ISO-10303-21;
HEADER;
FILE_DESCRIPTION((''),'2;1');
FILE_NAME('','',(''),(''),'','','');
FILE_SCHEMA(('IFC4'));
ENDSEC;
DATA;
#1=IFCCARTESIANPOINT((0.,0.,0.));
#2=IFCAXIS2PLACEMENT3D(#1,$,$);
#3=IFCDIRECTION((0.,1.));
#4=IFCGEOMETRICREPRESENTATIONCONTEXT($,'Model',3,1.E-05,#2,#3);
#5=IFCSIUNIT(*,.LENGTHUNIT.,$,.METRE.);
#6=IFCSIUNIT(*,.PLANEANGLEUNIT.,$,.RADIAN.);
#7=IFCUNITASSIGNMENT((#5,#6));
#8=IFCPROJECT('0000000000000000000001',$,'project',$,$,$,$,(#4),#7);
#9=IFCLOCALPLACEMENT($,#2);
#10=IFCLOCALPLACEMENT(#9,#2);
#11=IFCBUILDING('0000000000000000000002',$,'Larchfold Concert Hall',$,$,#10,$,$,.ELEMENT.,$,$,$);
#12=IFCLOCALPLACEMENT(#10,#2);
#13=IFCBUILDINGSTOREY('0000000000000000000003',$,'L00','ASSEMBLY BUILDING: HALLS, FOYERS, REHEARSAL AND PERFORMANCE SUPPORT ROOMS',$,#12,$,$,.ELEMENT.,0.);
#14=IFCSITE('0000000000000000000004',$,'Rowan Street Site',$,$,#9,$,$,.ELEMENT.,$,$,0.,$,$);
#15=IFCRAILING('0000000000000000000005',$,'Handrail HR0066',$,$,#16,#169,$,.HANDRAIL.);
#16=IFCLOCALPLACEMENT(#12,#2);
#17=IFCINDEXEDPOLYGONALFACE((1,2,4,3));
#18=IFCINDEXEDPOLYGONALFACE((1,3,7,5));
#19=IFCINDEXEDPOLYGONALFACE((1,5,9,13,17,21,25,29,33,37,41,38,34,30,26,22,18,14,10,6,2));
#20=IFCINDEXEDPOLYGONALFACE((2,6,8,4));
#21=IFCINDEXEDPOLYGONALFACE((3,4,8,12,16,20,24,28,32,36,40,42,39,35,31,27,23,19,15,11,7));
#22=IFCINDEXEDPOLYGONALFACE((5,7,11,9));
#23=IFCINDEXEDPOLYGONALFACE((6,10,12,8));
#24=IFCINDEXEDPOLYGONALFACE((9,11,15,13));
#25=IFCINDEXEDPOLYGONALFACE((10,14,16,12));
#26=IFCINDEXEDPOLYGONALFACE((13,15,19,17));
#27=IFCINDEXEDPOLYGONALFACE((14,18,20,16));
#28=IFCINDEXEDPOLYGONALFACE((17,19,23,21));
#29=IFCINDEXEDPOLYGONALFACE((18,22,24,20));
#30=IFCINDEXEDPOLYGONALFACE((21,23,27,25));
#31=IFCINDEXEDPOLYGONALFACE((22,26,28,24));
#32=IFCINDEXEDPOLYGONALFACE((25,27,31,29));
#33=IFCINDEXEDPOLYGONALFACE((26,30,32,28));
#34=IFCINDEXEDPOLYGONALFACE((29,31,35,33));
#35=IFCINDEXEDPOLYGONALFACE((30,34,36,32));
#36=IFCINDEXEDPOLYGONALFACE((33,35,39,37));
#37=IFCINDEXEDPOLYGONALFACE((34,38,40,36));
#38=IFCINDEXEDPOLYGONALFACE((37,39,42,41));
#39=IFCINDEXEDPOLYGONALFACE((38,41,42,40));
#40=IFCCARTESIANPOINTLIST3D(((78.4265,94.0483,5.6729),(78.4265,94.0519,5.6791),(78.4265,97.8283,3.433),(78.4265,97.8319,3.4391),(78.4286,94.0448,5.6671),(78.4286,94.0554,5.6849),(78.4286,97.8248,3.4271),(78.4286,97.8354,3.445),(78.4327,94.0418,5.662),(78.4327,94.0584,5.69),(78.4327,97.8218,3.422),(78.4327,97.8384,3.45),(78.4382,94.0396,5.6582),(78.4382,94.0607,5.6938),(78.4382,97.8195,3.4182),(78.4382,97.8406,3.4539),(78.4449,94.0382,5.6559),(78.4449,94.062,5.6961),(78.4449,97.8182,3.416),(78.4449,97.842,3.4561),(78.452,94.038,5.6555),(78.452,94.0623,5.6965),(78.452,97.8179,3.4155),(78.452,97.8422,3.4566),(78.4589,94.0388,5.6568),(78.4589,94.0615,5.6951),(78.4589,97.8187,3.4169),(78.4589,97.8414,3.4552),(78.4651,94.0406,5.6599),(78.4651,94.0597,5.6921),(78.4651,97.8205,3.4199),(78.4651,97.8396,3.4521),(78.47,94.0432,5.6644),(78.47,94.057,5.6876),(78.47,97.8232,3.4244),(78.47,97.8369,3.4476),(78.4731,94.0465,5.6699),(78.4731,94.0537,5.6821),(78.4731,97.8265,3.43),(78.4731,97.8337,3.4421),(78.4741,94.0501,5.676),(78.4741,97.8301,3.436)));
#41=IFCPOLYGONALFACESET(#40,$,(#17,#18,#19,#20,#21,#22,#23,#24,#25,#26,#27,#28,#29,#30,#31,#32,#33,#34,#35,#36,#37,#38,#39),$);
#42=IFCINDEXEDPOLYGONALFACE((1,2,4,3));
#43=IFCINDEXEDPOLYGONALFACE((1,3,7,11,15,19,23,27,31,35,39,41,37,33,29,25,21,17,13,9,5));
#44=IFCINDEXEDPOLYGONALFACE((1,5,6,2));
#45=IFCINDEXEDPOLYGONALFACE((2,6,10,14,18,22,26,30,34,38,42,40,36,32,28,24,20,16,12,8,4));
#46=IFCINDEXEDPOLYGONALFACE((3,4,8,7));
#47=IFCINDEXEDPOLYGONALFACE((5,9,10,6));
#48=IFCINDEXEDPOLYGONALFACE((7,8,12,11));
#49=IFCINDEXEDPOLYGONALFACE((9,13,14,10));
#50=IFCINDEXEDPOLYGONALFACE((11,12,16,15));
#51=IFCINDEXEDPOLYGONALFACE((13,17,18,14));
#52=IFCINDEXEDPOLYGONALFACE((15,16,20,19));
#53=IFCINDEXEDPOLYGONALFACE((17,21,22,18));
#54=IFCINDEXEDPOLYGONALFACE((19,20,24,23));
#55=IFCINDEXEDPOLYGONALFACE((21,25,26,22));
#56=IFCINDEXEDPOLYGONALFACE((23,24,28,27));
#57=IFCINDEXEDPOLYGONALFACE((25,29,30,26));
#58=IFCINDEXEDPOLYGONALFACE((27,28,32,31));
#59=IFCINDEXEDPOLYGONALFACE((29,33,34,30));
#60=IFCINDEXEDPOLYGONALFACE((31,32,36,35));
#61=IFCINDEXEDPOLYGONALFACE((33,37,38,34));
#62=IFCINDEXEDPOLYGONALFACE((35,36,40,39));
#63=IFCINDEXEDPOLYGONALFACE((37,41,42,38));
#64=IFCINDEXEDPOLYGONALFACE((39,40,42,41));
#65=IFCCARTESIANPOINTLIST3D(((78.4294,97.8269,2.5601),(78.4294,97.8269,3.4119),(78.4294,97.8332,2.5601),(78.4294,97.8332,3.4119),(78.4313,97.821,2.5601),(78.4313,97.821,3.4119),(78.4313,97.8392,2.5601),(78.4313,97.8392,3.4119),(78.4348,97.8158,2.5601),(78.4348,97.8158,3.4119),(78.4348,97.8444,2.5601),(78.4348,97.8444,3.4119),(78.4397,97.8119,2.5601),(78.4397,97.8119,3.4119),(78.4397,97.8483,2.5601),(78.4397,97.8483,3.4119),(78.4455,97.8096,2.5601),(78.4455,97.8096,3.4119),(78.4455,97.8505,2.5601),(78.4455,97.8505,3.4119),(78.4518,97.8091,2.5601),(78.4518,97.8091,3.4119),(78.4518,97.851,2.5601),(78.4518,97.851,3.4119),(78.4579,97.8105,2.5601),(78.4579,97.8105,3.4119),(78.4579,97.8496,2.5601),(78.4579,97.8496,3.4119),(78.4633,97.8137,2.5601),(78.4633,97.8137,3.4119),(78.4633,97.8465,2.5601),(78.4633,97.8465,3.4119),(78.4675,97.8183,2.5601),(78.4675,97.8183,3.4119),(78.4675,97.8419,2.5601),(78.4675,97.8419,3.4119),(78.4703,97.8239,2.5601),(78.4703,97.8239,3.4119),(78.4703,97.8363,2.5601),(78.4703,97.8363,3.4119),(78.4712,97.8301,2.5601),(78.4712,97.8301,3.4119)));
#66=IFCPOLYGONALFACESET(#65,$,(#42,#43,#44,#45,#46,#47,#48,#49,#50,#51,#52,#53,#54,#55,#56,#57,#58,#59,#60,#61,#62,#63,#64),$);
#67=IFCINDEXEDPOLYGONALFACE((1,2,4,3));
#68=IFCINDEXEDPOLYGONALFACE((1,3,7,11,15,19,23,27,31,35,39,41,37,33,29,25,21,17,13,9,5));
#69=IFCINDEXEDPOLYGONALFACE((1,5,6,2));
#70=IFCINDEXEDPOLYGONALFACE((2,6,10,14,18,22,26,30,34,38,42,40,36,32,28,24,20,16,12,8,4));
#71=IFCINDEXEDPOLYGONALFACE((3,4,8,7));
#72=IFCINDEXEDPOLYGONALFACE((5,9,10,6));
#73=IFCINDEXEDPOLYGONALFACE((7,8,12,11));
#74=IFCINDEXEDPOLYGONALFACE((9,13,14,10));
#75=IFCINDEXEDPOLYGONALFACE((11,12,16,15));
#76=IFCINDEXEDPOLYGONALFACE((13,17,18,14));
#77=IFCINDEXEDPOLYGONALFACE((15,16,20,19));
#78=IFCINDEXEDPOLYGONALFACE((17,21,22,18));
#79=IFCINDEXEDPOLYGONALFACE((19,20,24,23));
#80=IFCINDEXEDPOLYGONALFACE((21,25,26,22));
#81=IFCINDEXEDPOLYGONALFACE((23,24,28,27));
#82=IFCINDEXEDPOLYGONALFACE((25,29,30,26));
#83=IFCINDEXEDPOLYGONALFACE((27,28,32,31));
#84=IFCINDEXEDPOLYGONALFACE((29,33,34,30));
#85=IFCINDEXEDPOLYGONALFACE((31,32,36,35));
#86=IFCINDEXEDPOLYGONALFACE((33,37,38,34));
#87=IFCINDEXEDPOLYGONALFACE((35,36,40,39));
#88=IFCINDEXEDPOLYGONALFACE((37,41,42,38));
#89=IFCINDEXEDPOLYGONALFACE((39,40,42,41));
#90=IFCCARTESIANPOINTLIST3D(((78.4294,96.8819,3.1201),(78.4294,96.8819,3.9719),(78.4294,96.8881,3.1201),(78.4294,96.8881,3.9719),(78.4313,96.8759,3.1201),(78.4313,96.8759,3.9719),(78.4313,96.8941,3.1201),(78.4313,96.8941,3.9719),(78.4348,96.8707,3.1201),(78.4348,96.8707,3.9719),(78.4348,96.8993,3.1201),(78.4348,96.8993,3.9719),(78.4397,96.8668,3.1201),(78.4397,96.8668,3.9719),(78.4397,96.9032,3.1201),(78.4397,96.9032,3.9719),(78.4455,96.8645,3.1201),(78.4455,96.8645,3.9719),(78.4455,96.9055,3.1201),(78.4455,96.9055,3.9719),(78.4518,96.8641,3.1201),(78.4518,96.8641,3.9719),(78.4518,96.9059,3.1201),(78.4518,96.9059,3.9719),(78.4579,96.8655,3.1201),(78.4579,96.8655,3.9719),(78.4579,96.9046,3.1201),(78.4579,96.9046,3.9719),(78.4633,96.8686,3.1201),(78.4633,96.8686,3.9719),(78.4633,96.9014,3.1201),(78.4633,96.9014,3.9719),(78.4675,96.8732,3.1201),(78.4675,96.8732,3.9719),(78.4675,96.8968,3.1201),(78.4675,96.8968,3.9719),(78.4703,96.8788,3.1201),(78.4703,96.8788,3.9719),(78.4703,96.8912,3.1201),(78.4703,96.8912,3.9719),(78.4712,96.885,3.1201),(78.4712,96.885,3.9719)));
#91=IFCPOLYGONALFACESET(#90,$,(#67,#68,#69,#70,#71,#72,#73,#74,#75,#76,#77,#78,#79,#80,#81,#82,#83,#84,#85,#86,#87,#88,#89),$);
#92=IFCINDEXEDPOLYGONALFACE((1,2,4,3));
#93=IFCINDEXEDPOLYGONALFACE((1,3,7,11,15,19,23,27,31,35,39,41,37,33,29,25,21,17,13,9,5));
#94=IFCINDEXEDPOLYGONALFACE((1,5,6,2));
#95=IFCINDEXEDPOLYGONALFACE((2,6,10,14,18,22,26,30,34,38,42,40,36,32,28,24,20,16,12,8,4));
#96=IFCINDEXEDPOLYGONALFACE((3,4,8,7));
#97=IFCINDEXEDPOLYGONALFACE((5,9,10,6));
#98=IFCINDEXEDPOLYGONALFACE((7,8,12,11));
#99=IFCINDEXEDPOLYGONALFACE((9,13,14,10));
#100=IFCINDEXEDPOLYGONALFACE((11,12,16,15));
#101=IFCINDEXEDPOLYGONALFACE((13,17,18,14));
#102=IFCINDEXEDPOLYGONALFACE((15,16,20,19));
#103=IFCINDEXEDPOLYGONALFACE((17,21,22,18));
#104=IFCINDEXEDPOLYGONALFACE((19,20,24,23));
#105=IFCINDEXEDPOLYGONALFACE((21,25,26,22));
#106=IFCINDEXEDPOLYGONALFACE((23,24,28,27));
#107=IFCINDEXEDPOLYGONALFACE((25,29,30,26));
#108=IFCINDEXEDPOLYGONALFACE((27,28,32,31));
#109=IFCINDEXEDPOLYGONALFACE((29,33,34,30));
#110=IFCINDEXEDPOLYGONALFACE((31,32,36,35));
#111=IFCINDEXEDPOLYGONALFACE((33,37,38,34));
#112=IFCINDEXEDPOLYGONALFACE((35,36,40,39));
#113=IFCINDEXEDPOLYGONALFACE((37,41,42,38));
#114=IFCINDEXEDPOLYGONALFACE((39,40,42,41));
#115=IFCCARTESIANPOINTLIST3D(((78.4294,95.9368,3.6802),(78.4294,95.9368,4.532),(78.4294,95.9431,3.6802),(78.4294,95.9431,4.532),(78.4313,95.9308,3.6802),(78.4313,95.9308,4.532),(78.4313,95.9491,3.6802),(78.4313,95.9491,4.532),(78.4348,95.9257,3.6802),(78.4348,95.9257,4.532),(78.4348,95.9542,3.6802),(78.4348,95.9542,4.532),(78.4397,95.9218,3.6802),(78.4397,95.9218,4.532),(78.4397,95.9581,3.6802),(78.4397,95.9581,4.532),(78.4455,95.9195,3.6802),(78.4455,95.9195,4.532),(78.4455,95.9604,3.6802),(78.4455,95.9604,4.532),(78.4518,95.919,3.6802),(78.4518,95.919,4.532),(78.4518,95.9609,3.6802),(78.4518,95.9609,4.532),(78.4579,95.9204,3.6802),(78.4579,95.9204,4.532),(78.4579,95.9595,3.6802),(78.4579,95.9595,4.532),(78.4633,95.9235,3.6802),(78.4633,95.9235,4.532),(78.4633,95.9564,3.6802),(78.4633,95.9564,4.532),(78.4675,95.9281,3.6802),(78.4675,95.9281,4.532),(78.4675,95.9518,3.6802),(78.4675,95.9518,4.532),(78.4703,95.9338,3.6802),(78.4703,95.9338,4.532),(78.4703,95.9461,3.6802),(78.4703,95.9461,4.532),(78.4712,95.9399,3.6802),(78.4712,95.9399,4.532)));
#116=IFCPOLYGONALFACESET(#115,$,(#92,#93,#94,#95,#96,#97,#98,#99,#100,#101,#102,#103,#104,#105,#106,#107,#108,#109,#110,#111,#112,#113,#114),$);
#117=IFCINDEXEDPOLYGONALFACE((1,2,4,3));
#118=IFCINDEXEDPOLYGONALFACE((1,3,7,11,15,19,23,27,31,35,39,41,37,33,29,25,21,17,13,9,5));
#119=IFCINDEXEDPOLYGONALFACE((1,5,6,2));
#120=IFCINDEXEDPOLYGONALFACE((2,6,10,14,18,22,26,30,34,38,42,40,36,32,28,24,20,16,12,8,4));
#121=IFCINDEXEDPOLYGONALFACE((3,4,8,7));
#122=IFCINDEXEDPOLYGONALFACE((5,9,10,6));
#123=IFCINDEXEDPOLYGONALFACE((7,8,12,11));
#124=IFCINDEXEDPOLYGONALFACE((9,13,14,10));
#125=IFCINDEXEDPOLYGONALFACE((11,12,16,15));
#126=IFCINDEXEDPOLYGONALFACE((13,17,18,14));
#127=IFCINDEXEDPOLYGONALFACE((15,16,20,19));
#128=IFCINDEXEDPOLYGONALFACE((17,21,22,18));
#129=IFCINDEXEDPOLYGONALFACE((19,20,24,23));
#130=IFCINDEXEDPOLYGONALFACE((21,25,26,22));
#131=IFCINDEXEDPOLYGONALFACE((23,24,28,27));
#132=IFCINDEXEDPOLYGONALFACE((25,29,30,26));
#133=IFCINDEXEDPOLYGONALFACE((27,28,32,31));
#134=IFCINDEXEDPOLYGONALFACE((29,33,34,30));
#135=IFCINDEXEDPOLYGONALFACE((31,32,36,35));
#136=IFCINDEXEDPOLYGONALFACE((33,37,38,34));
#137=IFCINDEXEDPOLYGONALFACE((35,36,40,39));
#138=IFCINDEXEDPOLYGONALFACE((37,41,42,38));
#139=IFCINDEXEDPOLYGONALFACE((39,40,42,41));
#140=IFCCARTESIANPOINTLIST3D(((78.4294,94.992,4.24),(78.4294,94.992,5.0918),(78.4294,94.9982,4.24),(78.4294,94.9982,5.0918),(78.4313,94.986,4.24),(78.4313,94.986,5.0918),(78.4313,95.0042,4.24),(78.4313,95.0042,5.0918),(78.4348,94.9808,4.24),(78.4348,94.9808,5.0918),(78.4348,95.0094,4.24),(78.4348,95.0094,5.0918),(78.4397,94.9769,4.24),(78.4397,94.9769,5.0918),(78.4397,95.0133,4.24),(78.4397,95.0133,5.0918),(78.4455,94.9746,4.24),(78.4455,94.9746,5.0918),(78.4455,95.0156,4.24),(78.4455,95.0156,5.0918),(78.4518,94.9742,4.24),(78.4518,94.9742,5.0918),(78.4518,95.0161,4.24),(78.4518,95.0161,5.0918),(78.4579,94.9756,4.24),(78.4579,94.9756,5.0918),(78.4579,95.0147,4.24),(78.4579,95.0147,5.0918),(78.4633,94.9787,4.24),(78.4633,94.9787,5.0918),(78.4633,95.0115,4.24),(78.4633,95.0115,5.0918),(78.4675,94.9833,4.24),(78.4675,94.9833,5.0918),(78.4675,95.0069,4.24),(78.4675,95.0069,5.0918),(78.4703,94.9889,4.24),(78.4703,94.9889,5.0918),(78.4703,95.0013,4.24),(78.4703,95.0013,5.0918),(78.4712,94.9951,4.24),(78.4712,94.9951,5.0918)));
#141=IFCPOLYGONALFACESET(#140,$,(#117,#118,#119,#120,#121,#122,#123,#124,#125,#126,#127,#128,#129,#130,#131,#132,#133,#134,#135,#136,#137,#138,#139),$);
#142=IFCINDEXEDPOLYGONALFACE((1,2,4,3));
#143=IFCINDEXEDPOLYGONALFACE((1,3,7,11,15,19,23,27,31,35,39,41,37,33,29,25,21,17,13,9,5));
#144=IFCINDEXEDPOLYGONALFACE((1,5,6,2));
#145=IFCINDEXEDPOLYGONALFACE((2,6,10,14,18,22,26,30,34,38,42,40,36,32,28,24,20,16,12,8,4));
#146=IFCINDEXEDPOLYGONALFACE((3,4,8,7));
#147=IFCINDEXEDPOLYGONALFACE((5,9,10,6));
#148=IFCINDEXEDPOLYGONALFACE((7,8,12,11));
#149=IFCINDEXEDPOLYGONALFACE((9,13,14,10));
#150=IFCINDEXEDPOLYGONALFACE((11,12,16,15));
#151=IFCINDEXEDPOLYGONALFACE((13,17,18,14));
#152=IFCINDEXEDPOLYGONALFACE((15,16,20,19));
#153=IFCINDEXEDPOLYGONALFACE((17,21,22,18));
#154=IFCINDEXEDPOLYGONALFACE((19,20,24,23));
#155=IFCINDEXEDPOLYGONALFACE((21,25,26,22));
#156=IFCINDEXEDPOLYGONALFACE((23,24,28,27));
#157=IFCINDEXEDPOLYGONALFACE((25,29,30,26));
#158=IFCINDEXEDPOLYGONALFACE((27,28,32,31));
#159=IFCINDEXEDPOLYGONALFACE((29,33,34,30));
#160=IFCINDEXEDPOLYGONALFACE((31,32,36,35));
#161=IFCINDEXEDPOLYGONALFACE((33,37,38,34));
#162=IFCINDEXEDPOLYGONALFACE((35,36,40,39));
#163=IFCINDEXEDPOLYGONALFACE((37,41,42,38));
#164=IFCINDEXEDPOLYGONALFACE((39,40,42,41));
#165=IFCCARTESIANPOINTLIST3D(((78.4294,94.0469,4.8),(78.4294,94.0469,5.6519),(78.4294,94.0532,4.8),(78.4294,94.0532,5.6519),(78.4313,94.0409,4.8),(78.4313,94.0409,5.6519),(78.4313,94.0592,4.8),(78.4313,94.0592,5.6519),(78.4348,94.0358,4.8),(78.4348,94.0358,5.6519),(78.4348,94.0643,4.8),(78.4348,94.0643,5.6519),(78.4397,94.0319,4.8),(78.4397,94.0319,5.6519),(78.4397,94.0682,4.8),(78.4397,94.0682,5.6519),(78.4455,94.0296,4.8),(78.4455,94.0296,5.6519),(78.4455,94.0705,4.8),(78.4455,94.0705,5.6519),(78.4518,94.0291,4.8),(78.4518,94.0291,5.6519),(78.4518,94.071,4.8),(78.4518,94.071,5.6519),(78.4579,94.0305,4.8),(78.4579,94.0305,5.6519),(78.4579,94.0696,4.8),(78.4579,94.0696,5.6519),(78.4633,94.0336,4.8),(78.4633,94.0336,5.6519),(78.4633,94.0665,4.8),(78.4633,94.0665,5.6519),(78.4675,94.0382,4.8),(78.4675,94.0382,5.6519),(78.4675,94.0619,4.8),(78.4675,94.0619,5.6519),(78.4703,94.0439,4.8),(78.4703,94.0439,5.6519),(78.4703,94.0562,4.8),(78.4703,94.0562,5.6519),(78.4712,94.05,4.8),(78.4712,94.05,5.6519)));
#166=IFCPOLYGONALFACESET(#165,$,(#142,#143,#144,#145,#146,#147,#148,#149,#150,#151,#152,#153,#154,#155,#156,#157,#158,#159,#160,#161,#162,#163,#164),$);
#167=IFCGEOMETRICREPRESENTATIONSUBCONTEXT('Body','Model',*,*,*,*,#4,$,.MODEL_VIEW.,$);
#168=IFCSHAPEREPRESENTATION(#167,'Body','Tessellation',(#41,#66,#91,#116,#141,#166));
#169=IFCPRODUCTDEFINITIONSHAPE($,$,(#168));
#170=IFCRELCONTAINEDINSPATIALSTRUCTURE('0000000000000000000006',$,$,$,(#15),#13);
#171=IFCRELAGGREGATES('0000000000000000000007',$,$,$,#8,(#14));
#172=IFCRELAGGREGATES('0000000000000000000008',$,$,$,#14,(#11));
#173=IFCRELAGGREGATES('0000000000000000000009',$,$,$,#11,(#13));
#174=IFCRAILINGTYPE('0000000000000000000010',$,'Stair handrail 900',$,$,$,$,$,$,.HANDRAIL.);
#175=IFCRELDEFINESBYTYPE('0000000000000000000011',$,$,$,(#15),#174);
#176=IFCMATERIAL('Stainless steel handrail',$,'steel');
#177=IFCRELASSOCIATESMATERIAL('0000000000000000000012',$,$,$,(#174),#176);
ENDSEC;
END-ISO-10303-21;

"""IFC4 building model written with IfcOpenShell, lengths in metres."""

from ifc_helpers import new_model, si_unit, direction, frame, origin, origin_2d, place, context, subcontext, project, spatial, circle, extrude, material, type_object, element, save


model = new_model("IFC4")

# Units and contexts
model_context = context("Model", 3, precision=1e-05, world=origin(), true_north=direction((0.0, 1.0)))
body_context = subcontext(model_context, "Body", "Model", "MODEL_VIEW")
ifc_project = project(units=[si_unit("LENGTHUNIT", "METRE"), si_unit("PLANEANGLEUNIT", "RADIAN")], contexts=[model_context])

# Site, building, storey
site_placement = place(None, origin())
site = spatial("IfcSite", under=ifc_project, at=site_placement, Name="Rowan Street Site", CompositionType="ELEMENT", RefElevation=0.0)
building_placement = place(site_placement, origin())
building = spatial("IfcBuilding", under=site, at=building_placement, Name="Larchfold Concert Hall", CompositionType="ELEMENT")
storey_placement = place(building_placement, origin())
storey = spatial("IfcBuildingStorey", under=building, at=storey_placement, Name="L00", Description="ASSEMBLY BUILDING: HALLS, FOYERS, REHEARSAL AND PERFORMANCE SUPPORT ROOMS", CompositionType="ELEMENT", Elevation=0.0)

# Railing
ifc_material_1 = material(Name="Stainless steel handrail", Category="steel")
railing_type_1 = type_object("IfcRailingType", Name="Stair handrail 900", PredefinedType="HANDRAIL", material=ifc_material_1)
railing_1_placement = place(storey_placement, frame((78.4502, 97.8301, 2.5601)))
element("IfcRailing", 1, at=railing_1_placement, inside=storey, type_object=railing_type_1, Name="Handrail HR0066", PredefinedType="HANDRAIL", context=body_context, shape_type="SweptSolid", body=[
    extrude(circle(Radius=0.0239, at=origin_2d()), frame((0.0, 0.0, 0.876), z_axis=(0.0, -0.860294, 0.509798), x_axis=(1.0, 0.0, 0.0)), (0.0, 0.0, 1.0), 4.3938),
    extrude(circle(Radius=0.021, at=origin_2d()), origin(), (0.0, 0.0, 1.0), 0.8518),
    extrude(circle(Radius=0.021, at=origin_2d()), frame((0.0, -0.9451, 0.5601)), (0.0, 0.0, 1.0), 0.8518),
    extrude(circle(Radius=0.021, at=origin_2d()), frame((0.0, -1.8901, 1.1201)), (0.0, 0.0, 1.0), 0.8518),
    extrude(circle(Radius=0.021, at=origin_2d()), frame((0.0, -2.835, 1.6799)), (0.0, 0.0, 1.0), 0.8518),
    extrude(circle(Radius=0.021, at=origin_2d()), frame((0.0, -3.78, 2.24)), (0.0, 0.0, 1.0), 0.8518),
])

save(model, "model.ifc")
